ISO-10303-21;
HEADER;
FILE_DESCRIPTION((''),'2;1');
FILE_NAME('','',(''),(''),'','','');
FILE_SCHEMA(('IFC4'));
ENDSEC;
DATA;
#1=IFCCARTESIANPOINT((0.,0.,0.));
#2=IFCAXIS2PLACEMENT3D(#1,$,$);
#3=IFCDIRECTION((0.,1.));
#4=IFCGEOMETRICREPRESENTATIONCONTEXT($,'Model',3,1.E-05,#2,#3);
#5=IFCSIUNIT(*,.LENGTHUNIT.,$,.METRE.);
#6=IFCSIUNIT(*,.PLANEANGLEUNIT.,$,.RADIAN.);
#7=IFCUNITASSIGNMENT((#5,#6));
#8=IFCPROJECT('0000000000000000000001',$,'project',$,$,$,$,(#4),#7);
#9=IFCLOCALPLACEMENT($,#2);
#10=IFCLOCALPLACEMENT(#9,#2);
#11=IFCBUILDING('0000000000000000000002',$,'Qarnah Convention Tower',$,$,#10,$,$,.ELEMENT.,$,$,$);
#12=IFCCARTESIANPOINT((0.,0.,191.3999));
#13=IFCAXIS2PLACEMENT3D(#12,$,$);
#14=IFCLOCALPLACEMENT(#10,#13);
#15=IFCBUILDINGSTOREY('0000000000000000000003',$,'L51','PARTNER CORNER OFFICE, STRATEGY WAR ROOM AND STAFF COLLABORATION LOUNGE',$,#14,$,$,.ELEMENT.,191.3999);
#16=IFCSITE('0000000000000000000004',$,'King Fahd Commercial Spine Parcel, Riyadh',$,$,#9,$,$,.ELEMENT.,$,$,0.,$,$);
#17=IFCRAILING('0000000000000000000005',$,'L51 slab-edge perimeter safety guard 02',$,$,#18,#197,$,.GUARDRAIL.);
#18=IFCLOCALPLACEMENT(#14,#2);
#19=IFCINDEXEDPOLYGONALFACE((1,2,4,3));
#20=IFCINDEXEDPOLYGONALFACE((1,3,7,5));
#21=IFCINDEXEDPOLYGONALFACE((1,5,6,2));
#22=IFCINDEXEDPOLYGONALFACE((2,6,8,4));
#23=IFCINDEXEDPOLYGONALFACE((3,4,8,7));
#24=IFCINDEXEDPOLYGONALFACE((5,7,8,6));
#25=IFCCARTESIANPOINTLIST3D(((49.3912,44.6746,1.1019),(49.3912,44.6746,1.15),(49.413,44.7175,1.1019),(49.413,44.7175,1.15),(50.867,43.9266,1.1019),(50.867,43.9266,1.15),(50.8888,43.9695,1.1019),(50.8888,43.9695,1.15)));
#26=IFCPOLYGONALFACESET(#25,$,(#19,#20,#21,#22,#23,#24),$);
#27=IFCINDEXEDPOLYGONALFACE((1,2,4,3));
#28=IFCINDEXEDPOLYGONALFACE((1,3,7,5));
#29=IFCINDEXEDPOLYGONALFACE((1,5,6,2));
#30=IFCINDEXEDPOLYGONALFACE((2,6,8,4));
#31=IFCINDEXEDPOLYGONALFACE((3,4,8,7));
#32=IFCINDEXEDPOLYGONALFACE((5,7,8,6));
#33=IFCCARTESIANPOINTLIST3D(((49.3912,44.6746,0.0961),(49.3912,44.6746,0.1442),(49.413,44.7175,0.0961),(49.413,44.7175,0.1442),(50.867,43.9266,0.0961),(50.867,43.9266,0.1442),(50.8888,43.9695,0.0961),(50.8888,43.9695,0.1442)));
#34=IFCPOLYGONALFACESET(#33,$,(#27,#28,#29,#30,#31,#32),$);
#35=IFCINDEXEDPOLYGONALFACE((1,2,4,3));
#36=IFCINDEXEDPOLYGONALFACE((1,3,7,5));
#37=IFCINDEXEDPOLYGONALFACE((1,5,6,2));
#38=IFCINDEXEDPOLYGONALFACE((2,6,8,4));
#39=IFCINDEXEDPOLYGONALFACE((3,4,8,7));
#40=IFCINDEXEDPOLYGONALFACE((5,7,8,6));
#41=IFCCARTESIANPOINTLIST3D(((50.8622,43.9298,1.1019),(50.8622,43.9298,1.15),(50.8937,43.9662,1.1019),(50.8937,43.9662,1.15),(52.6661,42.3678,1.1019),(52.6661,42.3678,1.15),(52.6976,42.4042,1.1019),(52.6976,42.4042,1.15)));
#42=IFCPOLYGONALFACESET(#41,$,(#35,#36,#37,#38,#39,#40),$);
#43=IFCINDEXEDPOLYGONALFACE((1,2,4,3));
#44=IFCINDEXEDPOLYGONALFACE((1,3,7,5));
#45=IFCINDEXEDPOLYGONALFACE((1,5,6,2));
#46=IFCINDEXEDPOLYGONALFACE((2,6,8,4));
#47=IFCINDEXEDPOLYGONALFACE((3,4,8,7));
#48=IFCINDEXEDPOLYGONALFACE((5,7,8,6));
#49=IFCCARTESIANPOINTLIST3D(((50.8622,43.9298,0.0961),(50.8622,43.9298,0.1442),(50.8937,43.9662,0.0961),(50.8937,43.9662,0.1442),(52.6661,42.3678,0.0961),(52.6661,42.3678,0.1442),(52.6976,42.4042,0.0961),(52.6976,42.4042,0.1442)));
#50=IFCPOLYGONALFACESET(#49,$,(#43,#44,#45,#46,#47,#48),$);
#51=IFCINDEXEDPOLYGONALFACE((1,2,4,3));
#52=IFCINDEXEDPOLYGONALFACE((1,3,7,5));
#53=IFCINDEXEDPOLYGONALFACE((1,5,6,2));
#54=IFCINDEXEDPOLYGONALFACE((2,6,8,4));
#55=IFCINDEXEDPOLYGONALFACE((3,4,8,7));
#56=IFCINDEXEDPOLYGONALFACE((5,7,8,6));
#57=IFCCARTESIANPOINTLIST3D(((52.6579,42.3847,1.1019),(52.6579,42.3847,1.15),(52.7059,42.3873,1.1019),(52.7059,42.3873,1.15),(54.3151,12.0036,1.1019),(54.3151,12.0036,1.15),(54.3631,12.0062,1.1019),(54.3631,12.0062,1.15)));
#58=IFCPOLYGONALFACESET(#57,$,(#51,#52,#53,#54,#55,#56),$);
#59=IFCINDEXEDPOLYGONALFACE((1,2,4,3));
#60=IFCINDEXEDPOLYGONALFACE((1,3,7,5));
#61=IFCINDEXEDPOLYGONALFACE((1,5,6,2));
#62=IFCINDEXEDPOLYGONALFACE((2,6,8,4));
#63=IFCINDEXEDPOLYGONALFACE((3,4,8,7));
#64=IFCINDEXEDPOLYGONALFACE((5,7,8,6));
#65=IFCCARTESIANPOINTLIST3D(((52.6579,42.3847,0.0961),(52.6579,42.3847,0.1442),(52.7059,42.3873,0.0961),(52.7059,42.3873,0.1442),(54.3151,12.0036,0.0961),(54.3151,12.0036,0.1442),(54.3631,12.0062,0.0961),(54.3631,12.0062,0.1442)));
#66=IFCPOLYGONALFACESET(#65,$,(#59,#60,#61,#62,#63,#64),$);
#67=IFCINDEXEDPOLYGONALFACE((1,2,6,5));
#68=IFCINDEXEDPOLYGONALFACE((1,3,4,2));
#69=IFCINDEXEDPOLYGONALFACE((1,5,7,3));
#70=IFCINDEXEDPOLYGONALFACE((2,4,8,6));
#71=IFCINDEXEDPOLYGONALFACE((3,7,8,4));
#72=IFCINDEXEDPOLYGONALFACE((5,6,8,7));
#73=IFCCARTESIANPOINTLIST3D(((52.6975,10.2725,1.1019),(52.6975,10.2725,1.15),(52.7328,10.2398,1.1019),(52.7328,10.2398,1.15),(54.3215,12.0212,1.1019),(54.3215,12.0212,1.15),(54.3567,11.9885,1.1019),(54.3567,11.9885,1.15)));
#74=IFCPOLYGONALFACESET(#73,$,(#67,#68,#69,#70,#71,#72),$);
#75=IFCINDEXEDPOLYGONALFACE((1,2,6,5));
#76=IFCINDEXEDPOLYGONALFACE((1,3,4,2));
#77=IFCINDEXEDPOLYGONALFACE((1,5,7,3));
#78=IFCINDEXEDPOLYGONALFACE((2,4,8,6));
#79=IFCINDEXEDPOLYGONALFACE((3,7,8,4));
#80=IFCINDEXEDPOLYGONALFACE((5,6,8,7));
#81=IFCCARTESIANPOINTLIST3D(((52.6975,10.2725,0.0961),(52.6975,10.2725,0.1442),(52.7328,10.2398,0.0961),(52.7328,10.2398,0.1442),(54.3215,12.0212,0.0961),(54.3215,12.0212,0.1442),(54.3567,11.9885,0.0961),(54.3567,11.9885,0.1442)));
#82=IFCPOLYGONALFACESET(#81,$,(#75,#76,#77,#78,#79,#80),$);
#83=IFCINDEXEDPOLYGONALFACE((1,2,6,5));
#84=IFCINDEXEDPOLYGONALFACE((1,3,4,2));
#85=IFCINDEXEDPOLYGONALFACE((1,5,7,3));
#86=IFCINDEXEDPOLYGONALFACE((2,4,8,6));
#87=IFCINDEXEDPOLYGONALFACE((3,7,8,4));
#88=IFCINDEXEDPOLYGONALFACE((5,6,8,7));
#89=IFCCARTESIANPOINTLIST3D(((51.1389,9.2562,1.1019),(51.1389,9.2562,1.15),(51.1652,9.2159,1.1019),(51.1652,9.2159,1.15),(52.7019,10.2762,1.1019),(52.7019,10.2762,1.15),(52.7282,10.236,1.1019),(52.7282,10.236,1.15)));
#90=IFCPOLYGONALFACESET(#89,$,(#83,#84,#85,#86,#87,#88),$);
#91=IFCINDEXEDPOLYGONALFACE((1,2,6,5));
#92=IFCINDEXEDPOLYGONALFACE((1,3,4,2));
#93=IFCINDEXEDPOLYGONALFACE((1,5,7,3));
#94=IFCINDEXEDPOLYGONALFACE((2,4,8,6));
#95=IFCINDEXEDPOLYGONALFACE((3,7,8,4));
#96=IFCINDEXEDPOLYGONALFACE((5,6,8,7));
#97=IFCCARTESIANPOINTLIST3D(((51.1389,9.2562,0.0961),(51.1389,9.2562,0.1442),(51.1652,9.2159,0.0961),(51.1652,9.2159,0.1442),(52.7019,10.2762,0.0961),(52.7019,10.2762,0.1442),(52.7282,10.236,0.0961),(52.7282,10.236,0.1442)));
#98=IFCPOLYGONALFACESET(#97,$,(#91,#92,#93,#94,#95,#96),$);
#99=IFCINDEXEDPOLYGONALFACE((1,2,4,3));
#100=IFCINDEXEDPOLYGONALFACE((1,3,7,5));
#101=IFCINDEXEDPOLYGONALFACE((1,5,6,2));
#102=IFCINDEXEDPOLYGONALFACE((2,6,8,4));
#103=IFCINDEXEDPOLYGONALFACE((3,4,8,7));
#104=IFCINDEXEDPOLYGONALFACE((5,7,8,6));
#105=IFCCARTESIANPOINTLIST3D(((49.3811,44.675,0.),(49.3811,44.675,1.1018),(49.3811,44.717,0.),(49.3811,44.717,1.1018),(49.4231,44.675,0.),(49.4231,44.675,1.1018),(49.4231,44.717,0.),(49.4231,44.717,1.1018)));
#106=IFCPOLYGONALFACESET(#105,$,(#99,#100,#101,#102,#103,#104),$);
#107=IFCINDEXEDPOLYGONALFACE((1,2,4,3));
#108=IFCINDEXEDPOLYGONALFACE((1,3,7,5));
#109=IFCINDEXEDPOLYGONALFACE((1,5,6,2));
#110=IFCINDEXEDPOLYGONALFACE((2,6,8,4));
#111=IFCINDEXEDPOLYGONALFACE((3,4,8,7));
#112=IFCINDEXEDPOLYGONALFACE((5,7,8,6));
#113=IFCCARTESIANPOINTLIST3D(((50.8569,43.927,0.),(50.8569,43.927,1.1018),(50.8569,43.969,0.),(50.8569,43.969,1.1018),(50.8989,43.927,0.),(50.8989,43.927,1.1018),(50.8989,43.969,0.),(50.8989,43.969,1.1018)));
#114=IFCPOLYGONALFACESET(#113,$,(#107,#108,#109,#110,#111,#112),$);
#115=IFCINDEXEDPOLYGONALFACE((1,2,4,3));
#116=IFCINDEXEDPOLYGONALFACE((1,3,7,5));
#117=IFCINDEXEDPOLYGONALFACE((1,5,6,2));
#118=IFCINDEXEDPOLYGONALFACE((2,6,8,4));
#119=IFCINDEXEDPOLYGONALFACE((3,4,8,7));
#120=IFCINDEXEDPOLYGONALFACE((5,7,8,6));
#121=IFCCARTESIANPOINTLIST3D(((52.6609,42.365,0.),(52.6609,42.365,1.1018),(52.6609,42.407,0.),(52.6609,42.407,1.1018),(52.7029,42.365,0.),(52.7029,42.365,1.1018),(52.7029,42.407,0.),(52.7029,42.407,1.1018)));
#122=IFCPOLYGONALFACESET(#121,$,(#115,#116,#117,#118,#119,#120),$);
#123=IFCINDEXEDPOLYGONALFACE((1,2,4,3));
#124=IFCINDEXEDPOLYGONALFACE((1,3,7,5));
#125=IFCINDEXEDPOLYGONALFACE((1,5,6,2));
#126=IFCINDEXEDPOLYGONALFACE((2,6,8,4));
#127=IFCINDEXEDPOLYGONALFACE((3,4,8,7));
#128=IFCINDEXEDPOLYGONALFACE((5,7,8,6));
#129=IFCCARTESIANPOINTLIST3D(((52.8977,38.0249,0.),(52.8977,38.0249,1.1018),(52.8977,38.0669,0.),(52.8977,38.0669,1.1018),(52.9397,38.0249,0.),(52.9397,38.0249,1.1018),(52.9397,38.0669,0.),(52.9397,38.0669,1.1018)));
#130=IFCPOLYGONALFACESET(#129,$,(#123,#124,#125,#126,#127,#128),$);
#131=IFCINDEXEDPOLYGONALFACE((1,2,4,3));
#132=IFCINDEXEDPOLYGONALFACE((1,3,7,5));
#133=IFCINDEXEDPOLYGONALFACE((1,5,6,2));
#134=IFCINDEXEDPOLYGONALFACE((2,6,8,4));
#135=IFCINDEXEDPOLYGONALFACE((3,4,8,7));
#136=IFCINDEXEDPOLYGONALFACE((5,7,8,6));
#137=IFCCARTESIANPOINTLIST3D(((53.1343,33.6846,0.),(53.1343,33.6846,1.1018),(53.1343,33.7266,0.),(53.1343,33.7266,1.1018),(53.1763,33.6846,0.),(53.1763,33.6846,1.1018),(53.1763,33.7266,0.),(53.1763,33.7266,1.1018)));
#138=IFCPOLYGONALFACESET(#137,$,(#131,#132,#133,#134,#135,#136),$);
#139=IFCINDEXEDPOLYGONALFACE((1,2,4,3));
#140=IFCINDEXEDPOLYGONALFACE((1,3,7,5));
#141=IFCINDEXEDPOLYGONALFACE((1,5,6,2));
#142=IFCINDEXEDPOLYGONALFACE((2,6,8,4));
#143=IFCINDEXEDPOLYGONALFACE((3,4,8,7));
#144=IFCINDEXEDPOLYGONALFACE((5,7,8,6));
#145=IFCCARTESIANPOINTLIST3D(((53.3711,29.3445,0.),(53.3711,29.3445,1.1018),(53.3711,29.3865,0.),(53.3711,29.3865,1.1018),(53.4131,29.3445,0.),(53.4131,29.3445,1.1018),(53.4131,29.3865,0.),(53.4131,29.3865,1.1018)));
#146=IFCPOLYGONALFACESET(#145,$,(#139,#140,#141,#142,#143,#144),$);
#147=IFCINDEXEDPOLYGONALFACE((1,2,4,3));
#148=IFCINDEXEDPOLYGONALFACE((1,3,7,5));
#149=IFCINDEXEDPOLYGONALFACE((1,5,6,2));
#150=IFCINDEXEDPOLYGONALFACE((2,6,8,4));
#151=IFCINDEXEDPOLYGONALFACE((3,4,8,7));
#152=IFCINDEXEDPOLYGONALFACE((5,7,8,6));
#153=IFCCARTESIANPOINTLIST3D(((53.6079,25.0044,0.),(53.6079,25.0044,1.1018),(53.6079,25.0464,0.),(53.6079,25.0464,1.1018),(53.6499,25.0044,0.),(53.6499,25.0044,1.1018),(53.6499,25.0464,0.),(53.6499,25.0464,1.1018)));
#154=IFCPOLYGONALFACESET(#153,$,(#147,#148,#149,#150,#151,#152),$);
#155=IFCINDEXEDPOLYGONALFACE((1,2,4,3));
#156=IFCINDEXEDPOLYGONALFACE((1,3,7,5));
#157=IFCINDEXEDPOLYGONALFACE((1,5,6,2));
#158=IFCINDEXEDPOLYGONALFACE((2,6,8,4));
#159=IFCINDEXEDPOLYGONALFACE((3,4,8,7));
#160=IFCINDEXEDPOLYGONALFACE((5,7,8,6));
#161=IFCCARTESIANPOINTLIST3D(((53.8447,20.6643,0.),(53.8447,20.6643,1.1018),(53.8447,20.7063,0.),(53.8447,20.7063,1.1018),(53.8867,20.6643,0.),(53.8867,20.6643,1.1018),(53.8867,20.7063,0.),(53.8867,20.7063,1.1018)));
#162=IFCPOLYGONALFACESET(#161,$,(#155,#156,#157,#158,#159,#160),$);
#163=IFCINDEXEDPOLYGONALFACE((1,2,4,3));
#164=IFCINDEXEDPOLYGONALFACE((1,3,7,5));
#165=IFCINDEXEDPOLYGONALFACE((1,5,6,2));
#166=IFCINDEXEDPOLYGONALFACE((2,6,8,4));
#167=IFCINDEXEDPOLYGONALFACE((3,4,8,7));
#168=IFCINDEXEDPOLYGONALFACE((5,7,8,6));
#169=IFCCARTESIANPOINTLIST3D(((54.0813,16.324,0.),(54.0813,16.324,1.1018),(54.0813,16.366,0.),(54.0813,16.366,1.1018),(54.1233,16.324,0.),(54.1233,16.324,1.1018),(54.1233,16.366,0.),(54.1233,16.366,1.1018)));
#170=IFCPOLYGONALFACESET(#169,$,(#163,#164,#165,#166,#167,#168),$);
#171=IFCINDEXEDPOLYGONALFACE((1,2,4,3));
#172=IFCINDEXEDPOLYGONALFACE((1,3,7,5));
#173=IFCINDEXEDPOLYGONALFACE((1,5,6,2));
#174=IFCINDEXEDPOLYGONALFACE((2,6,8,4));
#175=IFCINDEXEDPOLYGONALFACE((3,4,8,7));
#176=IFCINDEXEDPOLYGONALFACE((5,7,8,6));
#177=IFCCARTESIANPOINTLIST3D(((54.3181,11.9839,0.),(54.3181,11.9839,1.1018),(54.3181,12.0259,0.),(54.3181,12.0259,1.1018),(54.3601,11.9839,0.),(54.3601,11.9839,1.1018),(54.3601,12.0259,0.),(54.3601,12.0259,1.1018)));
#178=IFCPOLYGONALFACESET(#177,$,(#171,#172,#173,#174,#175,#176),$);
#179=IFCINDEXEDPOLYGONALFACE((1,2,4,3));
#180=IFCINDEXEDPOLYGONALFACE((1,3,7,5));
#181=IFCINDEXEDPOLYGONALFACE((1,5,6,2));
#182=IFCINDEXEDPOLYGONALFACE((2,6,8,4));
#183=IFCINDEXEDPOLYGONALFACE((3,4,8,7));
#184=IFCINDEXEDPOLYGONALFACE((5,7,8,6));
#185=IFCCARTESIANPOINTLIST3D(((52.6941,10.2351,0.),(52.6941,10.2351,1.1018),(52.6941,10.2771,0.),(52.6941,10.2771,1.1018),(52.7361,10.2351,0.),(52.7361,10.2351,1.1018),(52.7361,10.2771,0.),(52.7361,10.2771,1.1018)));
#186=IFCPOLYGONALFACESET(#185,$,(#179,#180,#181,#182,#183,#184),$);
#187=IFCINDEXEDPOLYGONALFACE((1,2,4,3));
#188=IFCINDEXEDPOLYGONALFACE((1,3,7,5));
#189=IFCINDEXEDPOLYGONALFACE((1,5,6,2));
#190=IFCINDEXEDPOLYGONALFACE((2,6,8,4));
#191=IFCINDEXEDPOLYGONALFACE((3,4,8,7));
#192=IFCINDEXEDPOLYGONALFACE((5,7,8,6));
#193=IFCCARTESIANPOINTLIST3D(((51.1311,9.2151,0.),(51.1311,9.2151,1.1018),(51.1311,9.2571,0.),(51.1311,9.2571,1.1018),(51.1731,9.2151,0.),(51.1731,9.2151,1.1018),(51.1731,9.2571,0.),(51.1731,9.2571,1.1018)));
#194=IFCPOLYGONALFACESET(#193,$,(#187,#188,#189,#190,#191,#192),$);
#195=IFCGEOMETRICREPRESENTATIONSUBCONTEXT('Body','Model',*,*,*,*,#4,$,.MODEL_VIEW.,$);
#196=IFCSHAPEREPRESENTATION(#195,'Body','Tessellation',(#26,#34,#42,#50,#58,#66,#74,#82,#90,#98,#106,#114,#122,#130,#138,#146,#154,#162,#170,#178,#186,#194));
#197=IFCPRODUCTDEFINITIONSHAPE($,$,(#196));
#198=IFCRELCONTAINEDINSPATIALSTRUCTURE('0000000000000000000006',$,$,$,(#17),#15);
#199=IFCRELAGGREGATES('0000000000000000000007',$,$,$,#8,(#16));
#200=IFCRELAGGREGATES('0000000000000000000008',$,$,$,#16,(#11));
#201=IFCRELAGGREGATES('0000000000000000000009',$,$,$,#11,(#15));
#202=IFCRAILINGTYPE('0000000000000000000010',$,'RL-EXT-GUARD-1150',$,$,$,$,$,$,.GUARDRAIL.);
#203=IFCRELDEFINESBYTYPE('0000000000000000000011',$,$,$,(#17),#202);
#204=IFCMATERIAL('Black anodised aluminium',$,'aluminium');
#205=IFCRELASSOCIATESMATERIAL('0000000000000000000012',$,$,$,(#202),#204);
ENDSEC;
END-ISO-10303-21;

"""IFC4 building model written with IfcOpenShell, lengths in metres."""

from ifc_helpers import new_model, si_unit, direction, frame, origin, origin_2d, place, context, subcontext, project, spatial, rectangle, extrude, material, type_object, element, save


model = new_model("IFC4")

# Units and contexts
model_context = context("Model", 3, precision=1e-05, world=origin(), true_north=direction((0.0, 1.0)))
body_context = subcontext(model_context, "Body", "Model", "MODEL_VIEW")
ifc_project = project(units=[si_unit("LENGTHUNIT", "METRE"), si_unit("PLANEANGLEUNIT", "RADIAN")], contexts=[model_context])

# Site, building, storey
site_placement = place(None, origin())
site = spatial("IfcSite", under=ifc_project, at=site_placement, Name="King Fahd Commercial Spine Parcel, Riyadh", CompositionType="ELEMENT", RefElevation=0.0)
building_placement = place(site_placement, origin())
building = spatial("IfcBuilding", under=site, at=building_placement, Name="Qarnah Convention Tower", CompositionType="ELEMENT")
storey_placement = place(building_placement, frame((0.0, 0.0, 191.3999)))
storey = spatial("IfcBuildingStorey", under=building, at=storey_placement, Name="L51", Description="PARTNER CORNER OFFICE, STRATEGY WAR ROOM AND STAFF COLLABORATION LOUNGE", CompositionType="ELEMENT", Elevation=191.3999)

# Shared definitions
ifc_material_1 = material(Name="Black anodised aluminium", Category="aluminium")

# Railing
railing_type = type_object("IfcRailingType", Name="RL-EXT-GUARD-1150", PredefinedType="GUARDRAIL", material=ifc_material_1)
railing_1_placement = place(storey_placement, frame((49.4021, 44.696, 0.0)))
element("IfcRailing", 1, at=railing_1_placement, inside=storey, type_object=railing_type, Name="L51 slab-edge perimeter safety guard 02", PredefinedType="GUARDRAIL", context=body_context, shape_type="SweptSolid", body=[
    extrude(rectangle(XDim=0.0481, YDim=0.0481, at=origin_2d()), frame((0.0, 0.0, 1.126), z_axis=(0.891964, -0.452106, 0.0), x_axis=(0.452106, 0.891964, 0.0)), (0.0, 0.0, 1.0), 1.6545),
    extrude(rectangle(XDim=0.0481, YDim=0.0481, at=origin_2d()), frame((0.0, 0.0, 0.1201), z_axis=(0.891964, -0.452106, 0.0), x_axis=(0.452106, 0.891964, 0.0)), (0.0, 0.0, 1.0), 1.6545),
    extrude(rectangle(XDim=0.0481, YDim=0.0481, at=origin_2d()), frame((1.4758, -0.748, 1.126), z_axis=(0.755983, -0.654592, 0.0), x_axis=(0.654592, 0.755983, 0.0)), (0.0, 0.0, 1.0), 2.3862),
    extrude(rectangle(XDim=0.0481, YDim=0.0481, at=origin_2d()), frame((1.4758, -0.748, 0.1201), z_axis=(0.755983, -0.654592, 0.0), x_axis=(0.654592, 0.755983, 0.0)), (0.0, 0.0, 1.0), 2.3862),
    extrude(rectangle(XDim=0.0481, YDim=0.0481, at=origin_2d()), frame((3.2798, -2.3101, 1.126), z_axis=(0.054467, -0.998516, 0.0), x_axis=(0.998516, 0.054467, 0.0)), (0.0, 0.0, 1.0), 30.4263),
    extrude(rectangle(XDim=0.0481, YDim=0.0481, at=origin_2d()), frame((3.2798, -2.3101, 0.1201), z_axis=(0.054467, -0.998516, 0.0), x_axis=(0.998516, 0.054467, 0.0)), (0.0, 0.0, 1.0), 30.4263),
    extrude(rectangle(XDim=0.0481, YDim=0.0481, at=origin_2d()), frame((4.937, -32.6912, 1.126), z_axis=(-0.680486, -0.732761, 0.0), x_axis=(0.732761, -0.680486, 0.0)), (0.0, 0.0, 1.0), 2.3865),
    extrude(rectangle(XDim=0.0481, YDim=0.0481, at=origin_2d()), frame((4.937, -32.6912, 0.1201), z_axis=(-0.680486, -0.732761, 0.0), x_axis=(0.732761, -0.680486, 0.0)), (0.0, 0.0, 1.0), 2.3865),
    extrude(rectangle(XDim=0.0481, YDim=0.0481, at=origin_2d()), frame((3.313, -34.4399, 1.126), z_axis=(-0.837444, -0.546523, 0.0), x_axis=(0.546523, -0.837444, 0.0)), (0.0, 0.0, 1.0), 1.8665),
    extrude(rectangle(XDim=0.0481, YDim=0.0481, at=origin_2d()), frame((3.313, -34.4399, 0.1201), z_axis=(-0.837444, -0.546523, 0.0), x_axis=(0.546523, -0.837444, 0.0)), (0.0, 0.0, 1.0), 1.8665),
    extrude(rectangle(XDim=0.042, YDim=0.042, at=origin_2d()), origin(), (0.0, 0.0, 1.0), 1.1018),
    extrude(rectangle(XDim=0.042, YDim=0.042, at=origin_2d()), frame((1.4758, -0.748, 0.0)), (0.0, 0.0, 1.0), 1.1018),
    extrude(rectangle(XDim=0.042, YDim=0.042, at=origin_2d()), frame((3.2798, -2.3101, 0.0)), (0.0, 0.0, 1.0), 1.1018),
    extrude(rectangle(XDim=0.042, YDim=0.042, at=origin_2d()), frame((3.5166, -6.6501, 0.0)), (0.0, 0.0, 1.0), 1.1018),
    extrude(rectangle(XDim=0.042, YDim=0.042, at=origin_2d()), frame((3.7532, -10.9905, 0.0)), (0.0, 0.0, 1.0), 1.1018),
    extrude(rectangle(XDim=0.042, YDim=0.042, at=origin_2d()), frame((3.99, -15.3306, 0.0)), (0.0, 0.0, 1.0), 1.1018),
    extrude(rectangle(XDim=0.042, YDim=0.042, at=origin_2d()), frame((4.2268, -19.6707, 0.0)), (0.0, 0.0, 1.0), 1.1018),
    extrude(rectangle(XDim=0.042, YDim=0.042, at=origin_2d()), frame((4.4636, -24.0107, 0.0)), (0.0, 0.0, 1.0), 1.1018),
    extrude(rectangle(XDim=0.042, YDim=0.042, at=origin_2d()), frame((4.7002, -28.3511, 0.0)), (0.0, 0.0, 1.0), 1.1018),
    extrude(rectangle(XDim=0.042, YDim=0.042, at=origin_2d()), frame((4.937, -32.6912, 0.0)), (0.0, 0.0, 1.0), 1.1018),
    extrude(rectangle(XDim=0.042, YDim=0.042, at=origin_2d()), frame((3.313, -34.4399, 0.0)), (0.0, 0.0, 1.0), 1.1018),
    extrude(rectangle(XDim=0.042, YDim=0.042, at=origin_2d()), frame((1.75, -35.46, 0.0)), (0.0, 0.0, 1.0), 1.1018),
])

save(model, "model.ifc")
